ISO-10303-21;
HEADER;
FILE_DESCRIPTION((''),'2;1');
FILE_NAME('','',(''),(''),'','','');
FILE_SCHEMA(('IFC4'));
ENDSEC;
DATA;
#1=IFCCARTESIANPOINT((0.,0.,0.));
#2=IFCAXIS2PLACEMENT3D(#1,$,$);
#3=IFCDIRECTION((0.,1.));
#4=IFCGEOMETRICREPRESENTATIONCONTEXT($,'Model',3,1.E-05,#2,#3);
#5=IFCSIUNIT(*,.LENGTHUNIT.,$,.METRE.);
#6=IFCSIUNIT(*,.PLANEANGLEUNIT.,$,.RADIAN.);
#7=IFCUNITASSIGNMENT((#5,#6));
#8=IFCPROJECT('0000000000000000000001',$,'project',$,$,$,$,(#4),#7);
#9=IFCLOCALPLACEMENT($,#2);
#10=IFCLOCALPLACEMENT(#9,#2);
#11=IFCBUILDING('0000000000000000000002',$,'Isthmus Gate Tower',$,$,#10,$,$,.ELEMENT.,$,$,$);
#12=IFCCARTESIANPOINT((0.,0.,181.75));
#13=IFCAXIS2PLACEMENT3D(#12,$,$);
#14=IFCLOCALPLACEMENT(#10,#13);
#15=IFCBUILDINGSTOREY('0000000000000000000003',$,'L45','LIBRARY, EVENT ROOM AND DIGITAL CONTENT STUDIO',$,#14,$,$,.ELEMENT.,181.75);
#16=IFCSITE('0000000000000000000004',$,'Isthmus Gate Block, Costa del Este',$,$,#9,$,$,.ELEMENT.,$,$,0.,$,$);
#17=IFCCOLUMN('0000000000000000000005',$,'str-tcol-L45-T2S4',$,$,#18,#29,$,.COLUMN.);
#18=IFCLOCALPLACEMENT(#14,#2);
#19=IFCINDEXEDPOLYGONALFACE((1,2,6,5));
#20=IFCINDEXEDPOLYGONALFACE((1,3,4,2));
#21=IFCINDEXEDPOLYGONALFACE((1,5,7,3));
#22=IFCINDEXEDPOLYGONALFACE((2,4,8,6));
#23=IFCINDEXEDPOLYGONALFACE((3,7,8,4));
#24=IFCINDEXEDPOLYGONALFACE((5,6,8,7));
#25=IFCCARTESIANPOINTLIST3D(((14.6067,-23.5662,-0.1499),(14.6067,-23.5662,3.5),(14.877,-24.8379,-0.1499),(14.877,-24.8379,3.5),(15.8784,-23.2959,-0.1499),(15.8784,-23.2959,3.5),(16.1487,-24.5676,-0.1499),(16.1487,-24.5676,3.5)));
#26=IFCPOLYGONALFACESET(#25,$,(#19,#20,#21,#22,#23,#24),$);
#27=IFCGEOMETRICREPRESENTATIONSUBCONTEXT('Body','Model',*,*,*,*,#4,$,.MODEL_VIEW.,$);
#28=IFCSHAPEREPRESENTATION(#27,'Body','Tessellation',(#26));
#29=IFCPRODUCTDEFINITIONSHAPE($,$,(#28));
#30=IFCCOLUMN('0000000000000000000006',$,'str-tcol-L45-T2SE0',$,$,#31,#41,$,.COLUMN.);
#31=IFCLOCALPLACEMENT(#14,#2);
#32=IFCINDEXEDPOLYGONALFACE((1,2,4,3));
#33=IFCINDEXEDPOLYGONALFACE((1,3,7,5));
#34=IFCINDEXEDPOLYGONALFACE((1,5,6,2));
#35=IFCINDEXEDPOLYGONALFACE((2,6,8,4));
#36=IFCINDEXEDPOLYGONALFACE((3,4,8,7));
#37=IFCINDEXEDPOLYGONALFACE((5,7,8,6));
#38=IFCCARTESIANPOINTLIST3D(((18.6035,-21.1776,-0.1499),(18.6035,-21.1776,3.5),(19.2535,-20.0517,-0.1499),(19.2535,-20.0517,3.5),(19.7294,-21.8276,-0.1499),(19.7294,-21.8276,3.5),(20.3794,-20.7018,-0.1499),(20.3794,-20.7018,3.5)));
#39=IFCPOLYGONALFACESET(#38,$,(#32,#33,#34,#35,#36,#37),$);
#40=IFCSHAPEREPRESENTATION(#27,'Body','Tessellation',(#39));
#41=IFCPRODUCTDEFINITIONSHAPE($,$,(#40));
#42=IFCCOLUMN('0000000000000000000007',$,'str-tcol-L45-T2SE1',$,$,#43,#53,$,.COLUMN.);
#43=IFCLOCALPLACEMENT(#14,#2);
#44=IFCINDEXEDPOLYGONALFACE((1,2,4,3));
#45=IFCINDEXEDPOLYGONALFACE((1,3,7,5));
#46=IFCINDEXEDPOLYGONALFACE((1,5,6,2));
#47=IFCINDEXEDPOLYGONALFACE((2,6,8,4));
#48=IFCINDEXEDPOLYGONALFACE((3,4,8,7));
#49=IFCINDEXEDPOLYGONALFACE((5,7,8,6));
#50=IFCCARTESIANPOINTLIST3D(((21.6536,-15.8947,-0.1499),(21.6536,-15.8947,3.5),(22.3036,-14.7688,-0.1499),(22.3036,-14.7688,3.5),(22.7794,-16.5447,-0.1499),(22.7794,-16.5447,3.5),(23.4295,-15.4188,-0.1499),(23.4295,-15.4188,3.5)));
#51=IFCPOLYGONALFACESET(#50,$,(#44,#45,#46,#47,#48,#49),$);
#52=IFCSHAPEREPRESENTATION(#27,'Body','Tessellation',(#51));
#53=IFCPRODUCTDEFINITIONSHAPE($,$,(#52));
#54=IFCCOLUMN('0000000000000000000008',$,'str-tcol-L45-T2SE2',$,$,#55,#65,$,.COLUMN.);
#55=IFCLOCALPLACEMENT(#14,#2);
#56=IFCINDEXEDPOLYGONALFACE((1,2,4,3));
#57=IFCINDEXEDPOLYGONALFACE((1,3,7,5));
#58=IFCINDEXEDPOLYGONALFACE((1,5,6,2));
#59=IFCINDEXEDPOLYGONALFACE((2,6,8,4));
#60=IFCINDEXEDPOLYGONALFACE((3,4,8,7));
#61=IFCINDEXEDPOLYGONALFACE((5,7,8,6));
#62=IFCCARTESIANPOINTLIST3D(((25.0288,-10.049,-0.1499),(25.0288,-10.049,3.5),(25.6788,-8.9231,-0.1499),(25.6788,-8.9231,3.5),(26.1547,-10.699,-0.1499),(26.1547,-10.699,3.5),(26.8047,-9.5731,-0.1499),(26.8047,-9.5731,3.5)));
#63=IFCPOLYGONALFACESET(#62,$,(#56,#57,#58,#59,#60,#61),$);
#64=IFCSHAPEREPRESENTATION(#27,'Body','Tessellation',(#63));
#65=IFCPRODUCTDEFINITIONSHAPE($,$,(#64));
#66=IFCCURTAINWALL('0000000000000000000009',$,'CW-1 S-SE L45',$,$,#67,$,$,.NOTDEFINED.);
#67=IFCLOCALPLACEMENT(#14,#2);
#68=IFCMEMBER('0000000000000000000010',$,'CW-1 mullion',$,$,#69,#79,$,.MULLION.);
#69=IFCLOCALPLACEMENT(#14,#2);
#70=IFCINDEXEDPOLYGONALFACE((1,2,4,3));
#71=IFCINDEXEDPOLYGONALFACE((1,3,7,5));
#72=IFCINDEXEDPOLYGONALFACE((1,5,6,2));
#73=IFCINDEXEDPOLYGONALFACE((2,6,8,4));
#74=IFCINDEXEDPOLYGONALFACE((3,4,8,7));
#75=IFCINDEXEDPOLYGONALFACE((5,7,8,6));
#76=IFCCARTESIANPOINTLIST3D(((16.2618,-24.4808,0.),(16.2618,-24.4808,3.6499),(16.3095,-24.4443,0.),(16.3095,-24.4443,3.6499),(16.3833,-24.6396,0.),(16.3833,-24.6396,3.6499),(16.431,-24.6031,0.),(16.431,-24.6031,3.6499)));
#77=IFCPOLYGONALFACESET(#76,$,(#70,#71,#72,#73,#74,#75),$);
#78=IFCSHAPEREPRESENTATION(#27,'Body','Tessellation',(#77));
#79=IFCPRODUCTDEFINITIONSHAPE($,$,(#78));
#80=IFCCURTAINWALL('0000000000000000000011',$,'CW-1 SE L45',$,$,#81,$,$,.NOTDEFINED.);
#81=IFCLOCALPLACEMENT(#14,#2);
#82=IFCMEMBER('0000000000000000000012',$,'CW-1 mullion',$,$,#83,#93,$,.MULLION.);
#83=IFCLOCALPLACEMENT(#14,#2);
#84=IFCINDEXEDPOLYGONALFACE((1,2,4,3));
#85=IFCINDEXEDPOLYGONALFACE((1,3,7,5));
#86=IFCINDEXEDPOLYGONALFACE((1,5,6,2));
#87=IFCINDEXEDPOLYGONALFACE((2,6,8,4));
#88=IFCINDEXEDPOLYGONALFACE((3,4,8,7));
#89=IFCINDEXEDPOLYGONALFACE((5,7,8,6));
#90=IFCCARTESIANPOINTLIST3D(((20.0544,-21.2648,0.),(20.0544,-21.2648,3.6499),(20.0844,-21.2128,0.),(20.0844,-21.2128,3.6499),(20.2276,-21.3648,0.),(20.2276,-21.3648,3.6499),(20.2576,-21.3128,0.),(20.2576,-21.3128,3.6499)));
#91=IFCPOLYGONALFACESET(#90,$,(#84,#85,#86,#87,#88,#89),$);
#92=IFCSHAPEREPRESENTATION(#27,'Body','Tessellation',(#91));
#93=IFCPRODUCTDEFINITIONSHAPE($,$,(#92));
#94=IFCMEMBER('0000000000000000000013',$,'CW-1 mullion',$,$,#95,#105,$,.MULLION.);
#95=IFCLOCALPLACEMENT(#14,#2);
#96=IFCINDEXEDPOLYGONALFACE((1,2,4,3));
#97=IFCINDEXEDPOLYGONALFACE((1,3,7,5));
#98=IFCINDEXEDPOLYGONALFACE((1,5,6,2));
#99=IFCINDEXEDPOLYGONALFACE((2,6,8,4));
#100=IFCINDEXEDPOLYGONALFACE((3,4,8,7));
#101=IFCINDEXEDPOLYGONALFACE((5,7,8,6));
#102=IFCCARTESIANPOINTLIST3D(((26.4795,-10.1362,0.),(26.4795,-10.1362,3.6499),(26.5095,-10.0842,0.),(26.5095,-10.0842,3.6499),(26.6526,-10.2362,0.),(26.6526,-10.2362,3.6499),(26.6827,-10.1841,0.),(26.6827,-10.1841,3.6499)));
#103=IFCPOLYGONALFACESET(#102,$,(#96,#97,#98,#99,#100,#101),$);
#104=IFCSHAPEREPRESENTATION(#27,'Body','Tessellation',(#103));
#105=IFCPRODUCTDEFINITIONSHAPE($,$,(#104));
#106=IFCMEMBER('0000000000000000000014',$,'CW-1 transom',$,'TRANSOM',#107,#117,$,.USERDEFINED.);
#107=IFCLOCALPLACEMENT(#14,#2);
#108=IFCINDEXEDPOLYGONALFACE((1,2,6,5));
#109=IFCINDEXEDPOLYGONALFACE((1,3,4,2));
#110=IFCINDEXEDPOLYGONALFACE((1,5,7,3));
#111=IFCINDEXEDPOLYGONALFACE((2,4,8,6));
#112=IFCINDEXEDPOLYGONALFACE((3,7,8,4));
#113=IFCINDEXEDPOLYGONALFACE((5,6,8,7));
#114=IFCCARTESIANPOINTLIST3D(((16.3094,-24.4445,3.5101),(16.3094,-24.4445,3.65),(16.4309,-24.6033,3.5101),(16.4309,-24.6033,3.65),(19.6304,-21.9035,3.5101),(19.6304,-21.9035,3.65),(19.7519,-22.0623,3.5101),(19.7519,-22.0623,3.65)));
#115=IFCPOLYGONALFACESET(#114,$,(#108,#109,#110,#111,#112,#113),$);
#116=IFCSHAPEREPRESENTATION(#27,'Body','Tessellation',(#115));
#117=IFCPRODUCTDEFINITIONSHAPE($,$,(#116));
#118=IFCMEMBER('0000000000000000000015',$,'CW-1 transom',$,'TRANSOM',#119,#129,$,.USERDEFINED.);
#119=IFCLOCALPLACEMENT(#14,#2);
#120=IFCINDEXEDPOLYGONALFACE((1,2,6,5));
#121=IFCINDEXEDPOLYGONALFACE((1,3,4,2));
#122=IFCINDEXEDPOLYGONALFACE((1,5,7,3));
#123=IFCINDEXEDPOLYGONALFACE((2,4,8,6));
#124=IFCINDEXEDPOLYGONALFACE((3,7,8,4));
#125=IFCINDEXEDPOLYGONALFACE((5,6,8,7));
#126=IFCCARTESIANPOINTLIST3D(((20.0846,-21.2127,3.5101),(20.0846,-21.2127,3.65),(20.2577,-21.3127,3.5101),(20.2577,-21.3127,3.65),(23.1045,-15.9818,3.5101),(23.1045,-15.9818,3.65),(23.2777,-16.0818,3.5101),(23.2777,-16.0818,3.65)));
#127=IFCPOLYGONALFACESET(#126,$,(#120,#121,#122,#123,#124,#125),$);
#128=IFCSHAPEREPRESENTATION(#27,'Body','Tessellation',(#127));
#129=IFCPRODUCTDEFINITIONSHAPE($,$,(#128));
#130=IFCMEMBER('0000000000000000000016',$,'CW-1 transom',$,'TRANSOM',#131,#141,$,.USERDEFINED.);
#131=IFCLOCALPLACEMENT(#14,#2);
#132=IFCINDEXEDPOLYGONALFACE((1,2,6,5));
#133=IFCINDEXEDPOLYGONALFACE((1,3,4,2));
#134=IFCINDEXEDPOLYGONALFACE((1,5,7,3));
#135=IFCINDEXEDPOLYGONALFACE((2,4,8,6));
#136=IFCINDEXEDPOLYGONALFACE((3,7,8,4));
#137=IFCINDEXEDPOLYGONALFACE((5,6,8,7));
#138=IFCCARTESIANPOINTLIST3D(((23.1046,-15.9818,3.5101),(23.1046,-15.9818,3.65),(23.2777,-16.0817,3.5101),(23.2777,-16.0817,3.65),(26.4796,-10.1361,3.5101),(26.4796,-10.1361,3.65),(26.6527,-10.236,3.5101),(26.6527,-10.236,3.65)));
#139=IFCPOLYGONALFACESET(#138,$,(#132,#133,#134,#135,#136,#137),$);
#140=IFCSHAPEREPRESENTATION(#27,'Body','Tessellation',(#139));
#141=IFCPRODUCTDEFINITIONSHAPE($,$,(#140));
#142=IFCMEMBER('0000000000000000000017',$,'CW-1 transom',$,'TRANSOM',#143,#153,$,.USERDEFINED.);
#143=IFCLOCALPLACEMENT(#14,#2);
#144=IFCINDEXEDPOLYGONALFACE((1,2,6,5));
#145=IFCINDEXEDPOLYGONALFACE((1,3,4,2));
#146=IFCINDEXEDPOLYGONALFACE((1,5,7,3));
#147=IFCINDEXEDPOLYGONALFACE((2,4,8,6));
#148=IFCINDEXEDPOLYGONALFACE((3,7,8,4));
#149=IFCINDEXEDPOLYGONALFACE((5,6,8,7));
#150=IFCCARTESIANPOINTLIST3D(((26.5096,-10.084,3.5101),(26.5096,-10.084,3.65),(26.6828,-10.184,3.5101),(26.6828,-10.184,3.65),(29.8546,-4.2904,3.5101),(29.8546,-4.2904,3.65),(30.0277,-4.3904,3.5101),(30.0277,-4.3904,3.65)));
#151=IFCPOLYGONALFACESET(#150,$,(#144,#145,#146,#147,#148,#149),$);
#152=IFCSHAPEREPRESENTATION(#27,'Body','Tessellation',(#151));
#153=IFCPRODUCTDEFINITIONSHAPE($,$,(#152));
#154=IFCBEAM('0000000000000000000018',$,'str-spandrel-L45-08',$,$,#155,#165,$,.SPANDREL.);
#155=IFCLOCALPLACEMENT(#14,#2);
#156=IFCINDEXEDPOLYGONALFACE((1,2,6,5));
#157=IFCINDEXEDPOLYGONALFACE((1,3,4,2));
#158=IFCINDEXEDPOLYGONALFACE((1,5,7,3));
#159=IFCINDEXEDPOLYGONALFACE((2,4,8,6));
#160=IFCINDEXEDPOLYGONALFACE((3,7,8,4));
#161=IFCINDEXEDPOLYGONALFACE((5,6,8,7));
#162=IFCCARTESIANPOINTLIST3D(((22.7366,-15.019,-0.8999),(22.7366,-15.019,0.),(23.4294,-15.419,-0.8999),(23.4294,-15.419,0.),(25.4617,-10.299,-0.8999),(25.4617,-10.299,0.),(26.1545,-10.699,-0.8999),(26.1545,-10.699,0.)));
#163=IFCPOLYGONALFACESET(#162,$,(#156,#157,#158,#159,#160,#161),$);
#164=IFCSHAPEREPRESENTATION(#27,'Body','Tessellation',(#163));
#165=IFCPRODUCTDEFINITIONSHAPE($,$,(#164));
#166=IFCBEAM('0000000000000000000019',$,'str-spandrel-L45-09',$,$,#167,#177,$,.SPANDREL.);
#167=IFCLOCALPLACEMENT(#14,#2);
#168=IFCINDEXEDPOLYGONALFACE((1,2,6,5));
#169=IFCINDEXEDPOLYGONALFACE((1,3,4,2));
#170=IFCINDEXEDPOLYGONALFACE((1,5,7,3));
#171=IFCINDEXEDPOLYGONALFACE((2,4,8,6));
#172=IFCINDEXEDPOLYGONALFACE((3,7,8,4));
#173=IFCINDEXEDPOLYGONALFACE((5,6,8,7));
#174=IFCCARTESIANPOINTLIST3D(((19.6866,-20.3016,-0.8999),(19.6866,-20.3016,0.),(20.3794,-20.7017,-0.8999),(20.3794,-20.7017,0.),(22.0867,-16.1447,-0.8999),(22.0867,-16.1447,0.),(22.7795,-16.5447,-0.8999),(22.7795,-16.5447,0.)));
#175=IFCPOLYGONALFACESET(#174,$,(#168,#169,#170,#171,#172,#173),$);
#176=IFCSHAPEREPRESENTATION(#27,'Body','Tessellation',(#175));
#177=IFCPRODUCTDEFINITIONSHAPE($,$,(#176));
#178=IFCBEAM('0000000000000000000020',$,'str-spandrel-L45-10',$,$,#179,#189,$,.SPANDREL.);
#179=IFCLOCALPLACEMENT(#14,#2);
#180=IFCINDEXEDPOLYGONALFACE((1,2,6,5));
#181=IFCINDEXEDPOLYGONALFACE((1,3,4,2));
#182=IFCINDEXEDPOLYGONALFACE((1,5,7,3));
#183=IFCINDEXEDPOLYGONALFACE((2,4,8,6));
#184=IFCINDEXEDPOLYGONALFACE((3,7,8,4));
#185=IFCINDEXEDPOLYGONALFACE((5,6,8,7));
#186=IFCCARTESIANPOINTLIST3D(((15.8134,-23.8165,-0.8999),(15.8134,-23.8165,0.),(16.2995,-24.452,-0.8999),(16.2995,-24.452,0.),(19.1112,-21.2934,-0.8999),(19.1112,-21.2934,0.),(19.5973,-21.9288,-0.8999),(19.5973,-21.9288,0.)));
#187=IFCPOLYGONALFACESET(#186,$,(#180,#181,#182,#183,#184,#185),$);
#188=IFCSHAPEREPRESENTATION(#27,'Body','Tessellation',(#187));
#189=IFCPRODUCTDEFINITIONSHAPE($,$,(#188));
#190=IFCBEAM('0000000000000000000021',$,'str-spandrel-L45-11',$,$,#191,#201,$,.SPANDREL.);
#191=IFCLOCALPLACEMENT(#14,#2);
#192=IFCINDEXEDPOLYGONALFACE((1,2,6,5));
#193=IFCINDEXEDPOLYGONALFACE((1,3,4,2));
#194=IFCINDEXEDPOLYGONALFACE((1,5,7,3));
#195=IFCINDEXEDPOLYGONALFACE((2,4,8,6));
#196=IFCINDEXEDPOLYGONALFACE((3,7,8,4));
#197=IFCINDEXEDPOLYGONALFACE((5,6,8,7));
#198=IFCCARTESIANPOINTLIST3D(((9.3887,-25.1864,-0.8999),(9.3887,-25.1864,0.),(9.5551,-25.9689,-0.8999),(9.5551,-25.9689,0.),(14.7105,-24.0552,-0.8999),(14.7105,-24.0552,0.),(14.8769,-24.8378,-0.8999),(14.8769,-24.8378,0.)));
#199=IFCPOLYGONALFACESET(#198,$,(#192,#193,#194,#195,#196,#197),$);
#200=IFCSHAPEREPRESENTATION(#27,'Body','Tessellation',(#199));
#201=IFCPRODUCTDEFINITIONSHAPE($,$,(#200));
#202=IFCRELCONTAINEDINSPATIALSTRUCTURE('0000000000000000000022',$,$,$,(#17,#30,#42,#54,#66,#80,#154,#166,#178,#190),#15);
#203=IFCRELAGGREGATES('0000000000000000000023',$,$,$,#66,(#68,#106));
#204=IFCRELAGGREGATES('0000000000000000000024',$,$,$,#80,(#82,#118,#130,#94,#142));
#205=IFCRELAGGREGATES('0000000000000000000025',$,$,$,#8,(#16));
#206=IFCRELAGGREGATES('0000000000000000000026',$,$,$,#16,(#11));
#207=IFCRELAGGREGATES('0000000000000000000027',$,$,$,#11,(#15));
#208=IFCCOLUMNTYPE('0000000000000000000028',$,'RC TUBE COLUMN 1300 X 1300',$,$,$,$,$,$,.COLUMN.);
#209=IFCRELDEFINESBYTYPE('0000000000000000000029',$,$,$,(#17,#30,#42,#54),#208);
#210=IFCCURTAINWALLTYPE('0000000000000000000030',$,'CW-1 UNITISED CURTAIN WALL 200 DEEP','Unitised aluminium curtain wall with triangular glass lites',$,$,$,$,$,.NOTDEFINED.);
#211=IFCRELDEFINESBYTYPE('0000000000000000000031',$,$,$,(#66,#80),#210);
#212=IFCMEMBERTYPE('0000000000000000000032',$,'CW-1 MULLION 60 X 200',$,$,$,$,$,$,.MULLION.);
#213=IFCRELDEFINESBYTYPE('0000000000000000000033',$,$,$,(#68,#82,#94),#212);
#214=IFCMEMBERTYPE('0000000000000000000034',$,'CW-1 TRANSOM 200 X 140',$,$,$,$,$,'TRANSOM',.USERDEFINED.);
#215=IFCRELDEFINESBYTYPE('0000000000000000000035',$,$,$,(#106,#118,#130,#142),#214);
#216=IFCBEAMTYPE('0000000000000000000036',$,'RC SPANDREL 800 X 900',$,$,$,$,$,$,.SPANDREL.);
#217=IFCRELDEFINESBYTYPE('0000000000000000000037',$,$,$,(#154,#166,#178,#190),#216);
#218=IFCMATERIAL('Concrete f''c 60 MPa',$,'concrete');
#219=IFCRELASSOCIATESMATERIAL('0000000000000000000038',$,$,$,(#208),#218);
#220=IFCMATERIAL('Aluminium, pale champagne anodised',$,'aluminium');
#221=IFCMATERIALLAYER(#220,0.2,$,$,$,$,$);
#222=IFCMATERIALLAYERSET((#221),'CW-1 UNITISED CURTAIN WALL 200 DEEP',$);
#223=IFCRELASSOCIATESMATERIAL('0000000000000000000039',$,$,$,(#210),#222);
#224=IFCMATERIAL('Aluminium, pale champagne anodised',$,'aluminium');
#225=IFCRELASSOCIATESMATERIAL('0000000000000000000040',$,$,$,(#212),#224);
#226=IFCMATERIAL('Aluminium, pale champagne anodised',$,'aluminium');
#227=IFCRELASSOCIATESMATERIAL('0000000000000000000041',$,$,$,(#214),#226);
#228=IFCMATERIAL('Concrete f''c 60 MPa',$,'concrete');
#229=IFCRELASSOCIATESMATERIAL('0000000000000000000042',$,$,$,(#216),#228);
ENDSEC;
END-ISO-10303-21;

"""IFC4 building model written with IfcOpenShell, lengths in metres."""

from ifc_helpers import new_model, si_unit, direction, frame, origin, origin_2d, place, context, subcontext, project, spatial, rectangle, extrude, material, layer, layer_set, material_profile, profile_set, type_object, element, aggregate, save


model = new_model("IFC4")

# Units and contexts
model_context = context("Model", 3, precision=1e-05, world=origin(), true_north=direction((0.0, 1.0)))
body_context = subcontext(model_context, "Body", "Model", "MODEL_VIEW")
ifc_project = project(units=[si_unit("LENGTHUNIT", "METRE"), si_unit("PLANEANGLEUNIT", "RADIAN")], contexts=[model_context])

# Site, building, storey
site_placement = place(None, origin())
site = spatial("IfcSite", under=ifc_project, at=site_placement, Name="Isthmus Gate Block, Costa del Este", CompositionType="ELEMENT", RefElevation=0.0)
building_placement = place(site_placement, origin())
building = spatial("IfcBuilding", under=site, at=building_placement, Name="Isthmus Gate Tower", CompositionType="ELEMENT")
storey_placement = place(building_placement, frame((0.0, 0.0, 181.75)))
storey = spatial("IfcBuildingStorey", under=building, at=storey_placement, Name="L45", Description="LIBRARY, EVENT ROOM AND DIGITAL CONTENT STUDIO", CompositionType="ELEMENT", Elevation=181.75)

# Columns
ifc_material_1 = material(Name="Concrete f'c 60 MPa", Category="concrete")
ifc_material_profile_1 = material_profile(ifc_material_1, rectangle(XDim=1.3, YDim=1.3, at=origin_2d()), Name="RC 1300X1300")
ifc_profile_set_1 = profile_set([ifc_material_profile_1], Name="Concrete f'c 60 MPa")
column_type = type_object("IfcColumnType", Name="RC TUBE COLUMN 1300 X 1300", PredefinedType="COLUMN", material=ifc_profile_set_1)
for number, where, z_axis, x_axis, name in (
    (1, (15.3777, -24.0669, -0.1499), (0.0, 0.0, 1.0), (0.978148, 0.207912, 0.0), "str-tcol-L45-T2S4"),
    (2, (19.4915, -20.9397, -0.1499), (0.0, 0.0, 1.0), (0.5, 0.866025, 0.0), "str-tcol-L45-T2SE0"),
    (3, (22.5415, -15.6567, -0.1499), (0.0, 0.0, 1.0), (0.5, 0.866025, 0.0), "str-tcol-L45-T2SE1"),
    (4, (25.9167, -9.811, -0.1499), (0.0, 0.0, 1.0), (0.5, 0.866025, 0.0), "str-tcol-L45-T2SE2"),
):
    element("IfcColumn", number, at=place(storey_placement, frame(where, z_axis=z_axis, x_axis=x_axis)), inside=storey, type_object=column_type, Name=name, PredefinedType="COLUMN", context=body_context, shape_type="SweptSolid", body=[
        extrude(rectangle(XDim=1.3, YDim=1.3, at=origin_2d()), origin(), (0.0, 0.0, 1.0), 3.6499),
    ])

# Curtain wall, member
ifc_material_2 = material(Name="Aluminium, pale champagne anodised", Category="aluminium")
ifc_layer_1 = layer(ifc_material_2, 0.2)
ifc_layer_set_1 = layer_set([ifc_layer_1], Name="CW-1 UNITISED CURTAIN WALL 200 DEEP")
curtain_wall_type = type_object("IfcCurtainWallType", Name="CW-1 UNITISED CURTAIN WALL 200 DEEP", Description="Unitised aluminium curtain wall with triangular glass lites", PredefinedType="NOTDEFINED", material=ifc_layer_set_1)
curtain_wall_1_placement = place(storey_placement, origin())
curtain_wall_1 = element("IfcCurtainWall", 5, at=curtain_wall_1_placement, inside=storey, type_object=curtain_wall_type, Name="CW-1 S-SE L45", PredefinedType="NOTDEFINED")
ifc_material_3 = material(Name="Aluminium, pale champagne anodised", Category="aluminium")
ifc_material_profile_2 = material_profile(ifc_material_3, rectangle(XDim=0.0601, YDim=0.2, at=origin_2d()), Name="60x200")
ifc_profile_set_2 = profile_set([ifc_material_profile_2], Name="Aluminium, pale champagne anodised")
member_type_1 = type_object("IfcMemberType", Name="CW-1 MULLION 60 X 200", PredefinedType="MULLION", material=ifc_profile_set_2)
member_1_placement = place(storey_placement, frame((16.3464, -24.542, 0.0), z_axis=(0.0, 0.0, 1.0), x_axis=(0.794189, 0.607671, 0.0)))
member_1 = element("IfcMember", 6, at=member_1_placement, type_object=member_type_1, Name="CW-1 mullion", PredefinedType="MULLION", context=body_context, shape_type="SweptSolid", body=[
    extrude(rectangle(XDim=0.0601, YDim=0.2, at=origin_2d()), origin(), (0.0, 0.0, 1.0), 3.6499),
])

# Curtain wall, members
curtain_wall_2_placement = place(storey_placement, origin())
curtain_wall_2 = element("IfcCurtainWall", 7, at=curtain_wall_2_placement, inside=storey, type_object=curtain_wall_type, Name="CW-1 SE L45", PredefinedType="NOTDEFINED")
member_2_placement = place(storey_placement, frame((20.156, -21.2888, 0.0), z_axis=(0.0, 0.0, 1.0), x_axis=(0.5, 0.866025, 0.0)))
member_2 = element("IfcMember", 8, at=member_2_placement, type_object=member_type_1, Name="CW-1 mullion", PredefinedType="MULLION", context=body_context, shape_type="SweptSolid", body=[
    extrude(rectangle(XDim=0.0601, YDim=0.2, at=origin_2d()), origin(), (0.0, 0.0, 1.0), 3.6499),
])
member_3_placement = place(storey_placement, frame((26.5811, -10.1602, 0.0), z_axis=(0.0, 0.0, 1.0), x_axis=(0.5, 0.866025, 0.0)))
member_3 = element("IfcMember", 9, at=member_3_placement, type_object=member_type_1, Name="CW-1 mullion", PredefinedType="MULLION", context=body_context, shape_type="SweptSolid", body=[
    extrude(rectangle(XDim=0.0601, YDim=0.2, at=origin_2d()), origin(), (0.0, 0.0, 1.0), 3.6499),
])

# Members
ifc_material_4 = material(Name="Aluminium, pale champagne anodised", Category="aluminium")
ifc_material_profile_3 = material_profile(ifc_material_4, rectangle(XDim=0.2, YDim=0.1399, at=origin_2d()), Name="200x140")
ifc_profile_set_3 = profile_set([ifc_material_profile_3], Name="Aluminium, pale champagne anodised")
member_type_2 = type_object("IfcMemberType", Name="CW-1 TRANSOM 200 X 140", ElementType="TRANSOM", PredefinedType="USERDEFINED", material=ifc_profile_set_3)
member_4_placement = place(storey_placement, frame((16.3701, -24.5239, 3.5801), z_axis=(0.794197, 0.60766, 0.0), x_axis=(-0.60766, 0.794197, 0.0)))
member_4 = element("IfcMember", 10, at=member_4_placement, type_object=member_type_2, Name="CW-1 transom", ObjectType="TRANSOM", PredefinedType="USERDEFINED", context=body_context, shape_type="SweptSolid", body=[
    extrude(rectangle(XDim=0.2, YDim=0.1399, at=origin_2d()), origin(), (0.0, 0.0, 1.0), 4.1816),
])
member_5_placement = place(storey_placement, frame((20.1711, -21.2627, 3.5801), z_axis=(0.499991, 0.866031, 0.0), x_axis=(-0.866031, 0.499991, 0.0)))
member_5 = element("IfcMember", 11, at=member_5_placement, type_object=member_type_2, Name="CW-1 transom", ObjectType="TRANSOM", PredefinedType="USERDEFINED", context=body_context, shape_type="SweptSolid", body=[
    extrude(rectangle(XDim=0.2, YDim=0.1399, at=origin_2d()), origin(), (0.0, 0.0, 1.0), 6.04),
])
member_6_placement = place(storey_placement, frame((23.1912, -16.0317, 3.5801), z_axis=(0.499998, 0.866027, 0.0), x_axis=(-0.866027, 0.499998, 0.0)))
member_6 = element("IfcMember", 12, at=member_6_placement, type_object=member_type_2, Name="CW-1 transom", ObjectType="TRANSOM", PredefinedType="USERDEFINED", context=body_context, shape_type="SweptSolid", body=[
    extrude(rectangle(XDim=0.2, YDim=0.1399, at=origin_2d()), origin(), (0.0, 0.0, 1.0), 6.75),
])
member_7_placement = place(storey_placement, frame((26.5962, -10.134, 3.5801), z_axis=(0.499997, 0.866027, 0.0), x_axis=(-0.866027, 0.499997, 0.0)))
member_7 = element("IfcMember", 13, at=member_7_placement, type_object=member_type_2, Name="CW-1 transom", ObjectType="TRANSOM", PredefinedType="USERDEFINED", context=body_context, shape_type="SweptSolid", body=[
    extrude(rectangle(XDim=0.2, YDim=0.1399, at=origin_2d()), origin(), (0.0, 0.0, 1.0), 6.6899),
])

# Beams
ifc_material_5 = material(Name="Concrete f'c 60 MPa", Category="concrete")
ifc_material_profile_4 = material_profile(ifc_material_5, rectangle(XDim=0.8, YDim=0.8999, at=origin_2d()), Name="RC 800X900")
ifc_profile_set_4 = profile_set([ifc_material_profile_4], Name="Concrete f'c 60 MPa")
beam_type_1 = type_object("IfcBeamType", Name="RC SPANDREL 800 X 900", PredefinedType="SPANDREL", material=ifc_profile_set_4)
beam_1_placement = place(storey_placement, frame((25.8081, -10.499, -0.45), z_axis=(-0.500003, -0.866024, 0.0), x_axis=(0.866024, -0.500003, 0.0)))
element("IfcBeam", 14, at=beam_1_placement, inside=storey, type_object=beam_type_1, Name="str-spandrel-L45-08", PredefinedType="SPANDREL", context=body_context, shape_type="SweptSolid", body=[
    extrude(rectangle(XDim=0.8, YDim=0.8999, at=origin_2d()), origin(), (0.0, 0.0, 1.0), 5.4502),
])
beam_2_placement = place(storey_placement, frame((22.4331, -16.3447, -0.45), z_axis=(-0.500017, -0.866015, 0.0), x_axis=(0.866015, -0.500017, 0.0)))
element("IfcBeam", 15, at=beam_2_placement, inside=storey, type_object=beam_type_1, Name="str-spandrel-L45-09", PredefinedType="SPANDREL", context=body_context, shape_type="SweptSolid", body=[
    extrude(rectangle(XDim=0.8, YDim=0.8999, at=origin_2d()), origin(), (0.0, 0.0, 1.0), 4.8),
])
beam_3_placement = place(storey_placement, frame((19.3542, -21.6111, -0.45), z_axis=(-0.794206, -0.607649, 0.0), x_axis=(0.607649, -0.794206, 0.0)))
element("IfcBeam", 16, at=beam_3_placement, inside=storey, type_object=beam_type_1, Name="str-spandrel-L45-10", PredefinedType="SPANDREL", context=body_context, shape_type="SweptSolid", body=[
    extrude(rectangle(XDim=0.8, YDim=0.8999, at=origin_2d()), origin(), (0.0, 0.0, 1.0), 4.1523),
])
beam_4_placement = place(storey_placement, frame((14.7937, -24.4465, -0.45), z_axis=(-0.97815, -0.207898, 0.0), x_axis=(0.207898, -0.97815, 0.0)))
element("IfcBeam", 17, at=beam_4_placement, inside=storey, type_object=beam_type_1, Name="str-spandrel-L45-11", PredefinedType="SPANDREL", context=body_context, shape_type="SweptSolid", body=[
    extrude(rectangle(XDim=0.8, YDim=0.8999, at=origin_2d()), origin(), (0.0, 0.0, 1.0), 5.4407),
])

aggregate(curtain_wall_1, [member_1, member_4])
aggregate(curtain_wall_2, [member_2, member_5, member_6, member_3, member_7])

save(model, "model.ifc")
